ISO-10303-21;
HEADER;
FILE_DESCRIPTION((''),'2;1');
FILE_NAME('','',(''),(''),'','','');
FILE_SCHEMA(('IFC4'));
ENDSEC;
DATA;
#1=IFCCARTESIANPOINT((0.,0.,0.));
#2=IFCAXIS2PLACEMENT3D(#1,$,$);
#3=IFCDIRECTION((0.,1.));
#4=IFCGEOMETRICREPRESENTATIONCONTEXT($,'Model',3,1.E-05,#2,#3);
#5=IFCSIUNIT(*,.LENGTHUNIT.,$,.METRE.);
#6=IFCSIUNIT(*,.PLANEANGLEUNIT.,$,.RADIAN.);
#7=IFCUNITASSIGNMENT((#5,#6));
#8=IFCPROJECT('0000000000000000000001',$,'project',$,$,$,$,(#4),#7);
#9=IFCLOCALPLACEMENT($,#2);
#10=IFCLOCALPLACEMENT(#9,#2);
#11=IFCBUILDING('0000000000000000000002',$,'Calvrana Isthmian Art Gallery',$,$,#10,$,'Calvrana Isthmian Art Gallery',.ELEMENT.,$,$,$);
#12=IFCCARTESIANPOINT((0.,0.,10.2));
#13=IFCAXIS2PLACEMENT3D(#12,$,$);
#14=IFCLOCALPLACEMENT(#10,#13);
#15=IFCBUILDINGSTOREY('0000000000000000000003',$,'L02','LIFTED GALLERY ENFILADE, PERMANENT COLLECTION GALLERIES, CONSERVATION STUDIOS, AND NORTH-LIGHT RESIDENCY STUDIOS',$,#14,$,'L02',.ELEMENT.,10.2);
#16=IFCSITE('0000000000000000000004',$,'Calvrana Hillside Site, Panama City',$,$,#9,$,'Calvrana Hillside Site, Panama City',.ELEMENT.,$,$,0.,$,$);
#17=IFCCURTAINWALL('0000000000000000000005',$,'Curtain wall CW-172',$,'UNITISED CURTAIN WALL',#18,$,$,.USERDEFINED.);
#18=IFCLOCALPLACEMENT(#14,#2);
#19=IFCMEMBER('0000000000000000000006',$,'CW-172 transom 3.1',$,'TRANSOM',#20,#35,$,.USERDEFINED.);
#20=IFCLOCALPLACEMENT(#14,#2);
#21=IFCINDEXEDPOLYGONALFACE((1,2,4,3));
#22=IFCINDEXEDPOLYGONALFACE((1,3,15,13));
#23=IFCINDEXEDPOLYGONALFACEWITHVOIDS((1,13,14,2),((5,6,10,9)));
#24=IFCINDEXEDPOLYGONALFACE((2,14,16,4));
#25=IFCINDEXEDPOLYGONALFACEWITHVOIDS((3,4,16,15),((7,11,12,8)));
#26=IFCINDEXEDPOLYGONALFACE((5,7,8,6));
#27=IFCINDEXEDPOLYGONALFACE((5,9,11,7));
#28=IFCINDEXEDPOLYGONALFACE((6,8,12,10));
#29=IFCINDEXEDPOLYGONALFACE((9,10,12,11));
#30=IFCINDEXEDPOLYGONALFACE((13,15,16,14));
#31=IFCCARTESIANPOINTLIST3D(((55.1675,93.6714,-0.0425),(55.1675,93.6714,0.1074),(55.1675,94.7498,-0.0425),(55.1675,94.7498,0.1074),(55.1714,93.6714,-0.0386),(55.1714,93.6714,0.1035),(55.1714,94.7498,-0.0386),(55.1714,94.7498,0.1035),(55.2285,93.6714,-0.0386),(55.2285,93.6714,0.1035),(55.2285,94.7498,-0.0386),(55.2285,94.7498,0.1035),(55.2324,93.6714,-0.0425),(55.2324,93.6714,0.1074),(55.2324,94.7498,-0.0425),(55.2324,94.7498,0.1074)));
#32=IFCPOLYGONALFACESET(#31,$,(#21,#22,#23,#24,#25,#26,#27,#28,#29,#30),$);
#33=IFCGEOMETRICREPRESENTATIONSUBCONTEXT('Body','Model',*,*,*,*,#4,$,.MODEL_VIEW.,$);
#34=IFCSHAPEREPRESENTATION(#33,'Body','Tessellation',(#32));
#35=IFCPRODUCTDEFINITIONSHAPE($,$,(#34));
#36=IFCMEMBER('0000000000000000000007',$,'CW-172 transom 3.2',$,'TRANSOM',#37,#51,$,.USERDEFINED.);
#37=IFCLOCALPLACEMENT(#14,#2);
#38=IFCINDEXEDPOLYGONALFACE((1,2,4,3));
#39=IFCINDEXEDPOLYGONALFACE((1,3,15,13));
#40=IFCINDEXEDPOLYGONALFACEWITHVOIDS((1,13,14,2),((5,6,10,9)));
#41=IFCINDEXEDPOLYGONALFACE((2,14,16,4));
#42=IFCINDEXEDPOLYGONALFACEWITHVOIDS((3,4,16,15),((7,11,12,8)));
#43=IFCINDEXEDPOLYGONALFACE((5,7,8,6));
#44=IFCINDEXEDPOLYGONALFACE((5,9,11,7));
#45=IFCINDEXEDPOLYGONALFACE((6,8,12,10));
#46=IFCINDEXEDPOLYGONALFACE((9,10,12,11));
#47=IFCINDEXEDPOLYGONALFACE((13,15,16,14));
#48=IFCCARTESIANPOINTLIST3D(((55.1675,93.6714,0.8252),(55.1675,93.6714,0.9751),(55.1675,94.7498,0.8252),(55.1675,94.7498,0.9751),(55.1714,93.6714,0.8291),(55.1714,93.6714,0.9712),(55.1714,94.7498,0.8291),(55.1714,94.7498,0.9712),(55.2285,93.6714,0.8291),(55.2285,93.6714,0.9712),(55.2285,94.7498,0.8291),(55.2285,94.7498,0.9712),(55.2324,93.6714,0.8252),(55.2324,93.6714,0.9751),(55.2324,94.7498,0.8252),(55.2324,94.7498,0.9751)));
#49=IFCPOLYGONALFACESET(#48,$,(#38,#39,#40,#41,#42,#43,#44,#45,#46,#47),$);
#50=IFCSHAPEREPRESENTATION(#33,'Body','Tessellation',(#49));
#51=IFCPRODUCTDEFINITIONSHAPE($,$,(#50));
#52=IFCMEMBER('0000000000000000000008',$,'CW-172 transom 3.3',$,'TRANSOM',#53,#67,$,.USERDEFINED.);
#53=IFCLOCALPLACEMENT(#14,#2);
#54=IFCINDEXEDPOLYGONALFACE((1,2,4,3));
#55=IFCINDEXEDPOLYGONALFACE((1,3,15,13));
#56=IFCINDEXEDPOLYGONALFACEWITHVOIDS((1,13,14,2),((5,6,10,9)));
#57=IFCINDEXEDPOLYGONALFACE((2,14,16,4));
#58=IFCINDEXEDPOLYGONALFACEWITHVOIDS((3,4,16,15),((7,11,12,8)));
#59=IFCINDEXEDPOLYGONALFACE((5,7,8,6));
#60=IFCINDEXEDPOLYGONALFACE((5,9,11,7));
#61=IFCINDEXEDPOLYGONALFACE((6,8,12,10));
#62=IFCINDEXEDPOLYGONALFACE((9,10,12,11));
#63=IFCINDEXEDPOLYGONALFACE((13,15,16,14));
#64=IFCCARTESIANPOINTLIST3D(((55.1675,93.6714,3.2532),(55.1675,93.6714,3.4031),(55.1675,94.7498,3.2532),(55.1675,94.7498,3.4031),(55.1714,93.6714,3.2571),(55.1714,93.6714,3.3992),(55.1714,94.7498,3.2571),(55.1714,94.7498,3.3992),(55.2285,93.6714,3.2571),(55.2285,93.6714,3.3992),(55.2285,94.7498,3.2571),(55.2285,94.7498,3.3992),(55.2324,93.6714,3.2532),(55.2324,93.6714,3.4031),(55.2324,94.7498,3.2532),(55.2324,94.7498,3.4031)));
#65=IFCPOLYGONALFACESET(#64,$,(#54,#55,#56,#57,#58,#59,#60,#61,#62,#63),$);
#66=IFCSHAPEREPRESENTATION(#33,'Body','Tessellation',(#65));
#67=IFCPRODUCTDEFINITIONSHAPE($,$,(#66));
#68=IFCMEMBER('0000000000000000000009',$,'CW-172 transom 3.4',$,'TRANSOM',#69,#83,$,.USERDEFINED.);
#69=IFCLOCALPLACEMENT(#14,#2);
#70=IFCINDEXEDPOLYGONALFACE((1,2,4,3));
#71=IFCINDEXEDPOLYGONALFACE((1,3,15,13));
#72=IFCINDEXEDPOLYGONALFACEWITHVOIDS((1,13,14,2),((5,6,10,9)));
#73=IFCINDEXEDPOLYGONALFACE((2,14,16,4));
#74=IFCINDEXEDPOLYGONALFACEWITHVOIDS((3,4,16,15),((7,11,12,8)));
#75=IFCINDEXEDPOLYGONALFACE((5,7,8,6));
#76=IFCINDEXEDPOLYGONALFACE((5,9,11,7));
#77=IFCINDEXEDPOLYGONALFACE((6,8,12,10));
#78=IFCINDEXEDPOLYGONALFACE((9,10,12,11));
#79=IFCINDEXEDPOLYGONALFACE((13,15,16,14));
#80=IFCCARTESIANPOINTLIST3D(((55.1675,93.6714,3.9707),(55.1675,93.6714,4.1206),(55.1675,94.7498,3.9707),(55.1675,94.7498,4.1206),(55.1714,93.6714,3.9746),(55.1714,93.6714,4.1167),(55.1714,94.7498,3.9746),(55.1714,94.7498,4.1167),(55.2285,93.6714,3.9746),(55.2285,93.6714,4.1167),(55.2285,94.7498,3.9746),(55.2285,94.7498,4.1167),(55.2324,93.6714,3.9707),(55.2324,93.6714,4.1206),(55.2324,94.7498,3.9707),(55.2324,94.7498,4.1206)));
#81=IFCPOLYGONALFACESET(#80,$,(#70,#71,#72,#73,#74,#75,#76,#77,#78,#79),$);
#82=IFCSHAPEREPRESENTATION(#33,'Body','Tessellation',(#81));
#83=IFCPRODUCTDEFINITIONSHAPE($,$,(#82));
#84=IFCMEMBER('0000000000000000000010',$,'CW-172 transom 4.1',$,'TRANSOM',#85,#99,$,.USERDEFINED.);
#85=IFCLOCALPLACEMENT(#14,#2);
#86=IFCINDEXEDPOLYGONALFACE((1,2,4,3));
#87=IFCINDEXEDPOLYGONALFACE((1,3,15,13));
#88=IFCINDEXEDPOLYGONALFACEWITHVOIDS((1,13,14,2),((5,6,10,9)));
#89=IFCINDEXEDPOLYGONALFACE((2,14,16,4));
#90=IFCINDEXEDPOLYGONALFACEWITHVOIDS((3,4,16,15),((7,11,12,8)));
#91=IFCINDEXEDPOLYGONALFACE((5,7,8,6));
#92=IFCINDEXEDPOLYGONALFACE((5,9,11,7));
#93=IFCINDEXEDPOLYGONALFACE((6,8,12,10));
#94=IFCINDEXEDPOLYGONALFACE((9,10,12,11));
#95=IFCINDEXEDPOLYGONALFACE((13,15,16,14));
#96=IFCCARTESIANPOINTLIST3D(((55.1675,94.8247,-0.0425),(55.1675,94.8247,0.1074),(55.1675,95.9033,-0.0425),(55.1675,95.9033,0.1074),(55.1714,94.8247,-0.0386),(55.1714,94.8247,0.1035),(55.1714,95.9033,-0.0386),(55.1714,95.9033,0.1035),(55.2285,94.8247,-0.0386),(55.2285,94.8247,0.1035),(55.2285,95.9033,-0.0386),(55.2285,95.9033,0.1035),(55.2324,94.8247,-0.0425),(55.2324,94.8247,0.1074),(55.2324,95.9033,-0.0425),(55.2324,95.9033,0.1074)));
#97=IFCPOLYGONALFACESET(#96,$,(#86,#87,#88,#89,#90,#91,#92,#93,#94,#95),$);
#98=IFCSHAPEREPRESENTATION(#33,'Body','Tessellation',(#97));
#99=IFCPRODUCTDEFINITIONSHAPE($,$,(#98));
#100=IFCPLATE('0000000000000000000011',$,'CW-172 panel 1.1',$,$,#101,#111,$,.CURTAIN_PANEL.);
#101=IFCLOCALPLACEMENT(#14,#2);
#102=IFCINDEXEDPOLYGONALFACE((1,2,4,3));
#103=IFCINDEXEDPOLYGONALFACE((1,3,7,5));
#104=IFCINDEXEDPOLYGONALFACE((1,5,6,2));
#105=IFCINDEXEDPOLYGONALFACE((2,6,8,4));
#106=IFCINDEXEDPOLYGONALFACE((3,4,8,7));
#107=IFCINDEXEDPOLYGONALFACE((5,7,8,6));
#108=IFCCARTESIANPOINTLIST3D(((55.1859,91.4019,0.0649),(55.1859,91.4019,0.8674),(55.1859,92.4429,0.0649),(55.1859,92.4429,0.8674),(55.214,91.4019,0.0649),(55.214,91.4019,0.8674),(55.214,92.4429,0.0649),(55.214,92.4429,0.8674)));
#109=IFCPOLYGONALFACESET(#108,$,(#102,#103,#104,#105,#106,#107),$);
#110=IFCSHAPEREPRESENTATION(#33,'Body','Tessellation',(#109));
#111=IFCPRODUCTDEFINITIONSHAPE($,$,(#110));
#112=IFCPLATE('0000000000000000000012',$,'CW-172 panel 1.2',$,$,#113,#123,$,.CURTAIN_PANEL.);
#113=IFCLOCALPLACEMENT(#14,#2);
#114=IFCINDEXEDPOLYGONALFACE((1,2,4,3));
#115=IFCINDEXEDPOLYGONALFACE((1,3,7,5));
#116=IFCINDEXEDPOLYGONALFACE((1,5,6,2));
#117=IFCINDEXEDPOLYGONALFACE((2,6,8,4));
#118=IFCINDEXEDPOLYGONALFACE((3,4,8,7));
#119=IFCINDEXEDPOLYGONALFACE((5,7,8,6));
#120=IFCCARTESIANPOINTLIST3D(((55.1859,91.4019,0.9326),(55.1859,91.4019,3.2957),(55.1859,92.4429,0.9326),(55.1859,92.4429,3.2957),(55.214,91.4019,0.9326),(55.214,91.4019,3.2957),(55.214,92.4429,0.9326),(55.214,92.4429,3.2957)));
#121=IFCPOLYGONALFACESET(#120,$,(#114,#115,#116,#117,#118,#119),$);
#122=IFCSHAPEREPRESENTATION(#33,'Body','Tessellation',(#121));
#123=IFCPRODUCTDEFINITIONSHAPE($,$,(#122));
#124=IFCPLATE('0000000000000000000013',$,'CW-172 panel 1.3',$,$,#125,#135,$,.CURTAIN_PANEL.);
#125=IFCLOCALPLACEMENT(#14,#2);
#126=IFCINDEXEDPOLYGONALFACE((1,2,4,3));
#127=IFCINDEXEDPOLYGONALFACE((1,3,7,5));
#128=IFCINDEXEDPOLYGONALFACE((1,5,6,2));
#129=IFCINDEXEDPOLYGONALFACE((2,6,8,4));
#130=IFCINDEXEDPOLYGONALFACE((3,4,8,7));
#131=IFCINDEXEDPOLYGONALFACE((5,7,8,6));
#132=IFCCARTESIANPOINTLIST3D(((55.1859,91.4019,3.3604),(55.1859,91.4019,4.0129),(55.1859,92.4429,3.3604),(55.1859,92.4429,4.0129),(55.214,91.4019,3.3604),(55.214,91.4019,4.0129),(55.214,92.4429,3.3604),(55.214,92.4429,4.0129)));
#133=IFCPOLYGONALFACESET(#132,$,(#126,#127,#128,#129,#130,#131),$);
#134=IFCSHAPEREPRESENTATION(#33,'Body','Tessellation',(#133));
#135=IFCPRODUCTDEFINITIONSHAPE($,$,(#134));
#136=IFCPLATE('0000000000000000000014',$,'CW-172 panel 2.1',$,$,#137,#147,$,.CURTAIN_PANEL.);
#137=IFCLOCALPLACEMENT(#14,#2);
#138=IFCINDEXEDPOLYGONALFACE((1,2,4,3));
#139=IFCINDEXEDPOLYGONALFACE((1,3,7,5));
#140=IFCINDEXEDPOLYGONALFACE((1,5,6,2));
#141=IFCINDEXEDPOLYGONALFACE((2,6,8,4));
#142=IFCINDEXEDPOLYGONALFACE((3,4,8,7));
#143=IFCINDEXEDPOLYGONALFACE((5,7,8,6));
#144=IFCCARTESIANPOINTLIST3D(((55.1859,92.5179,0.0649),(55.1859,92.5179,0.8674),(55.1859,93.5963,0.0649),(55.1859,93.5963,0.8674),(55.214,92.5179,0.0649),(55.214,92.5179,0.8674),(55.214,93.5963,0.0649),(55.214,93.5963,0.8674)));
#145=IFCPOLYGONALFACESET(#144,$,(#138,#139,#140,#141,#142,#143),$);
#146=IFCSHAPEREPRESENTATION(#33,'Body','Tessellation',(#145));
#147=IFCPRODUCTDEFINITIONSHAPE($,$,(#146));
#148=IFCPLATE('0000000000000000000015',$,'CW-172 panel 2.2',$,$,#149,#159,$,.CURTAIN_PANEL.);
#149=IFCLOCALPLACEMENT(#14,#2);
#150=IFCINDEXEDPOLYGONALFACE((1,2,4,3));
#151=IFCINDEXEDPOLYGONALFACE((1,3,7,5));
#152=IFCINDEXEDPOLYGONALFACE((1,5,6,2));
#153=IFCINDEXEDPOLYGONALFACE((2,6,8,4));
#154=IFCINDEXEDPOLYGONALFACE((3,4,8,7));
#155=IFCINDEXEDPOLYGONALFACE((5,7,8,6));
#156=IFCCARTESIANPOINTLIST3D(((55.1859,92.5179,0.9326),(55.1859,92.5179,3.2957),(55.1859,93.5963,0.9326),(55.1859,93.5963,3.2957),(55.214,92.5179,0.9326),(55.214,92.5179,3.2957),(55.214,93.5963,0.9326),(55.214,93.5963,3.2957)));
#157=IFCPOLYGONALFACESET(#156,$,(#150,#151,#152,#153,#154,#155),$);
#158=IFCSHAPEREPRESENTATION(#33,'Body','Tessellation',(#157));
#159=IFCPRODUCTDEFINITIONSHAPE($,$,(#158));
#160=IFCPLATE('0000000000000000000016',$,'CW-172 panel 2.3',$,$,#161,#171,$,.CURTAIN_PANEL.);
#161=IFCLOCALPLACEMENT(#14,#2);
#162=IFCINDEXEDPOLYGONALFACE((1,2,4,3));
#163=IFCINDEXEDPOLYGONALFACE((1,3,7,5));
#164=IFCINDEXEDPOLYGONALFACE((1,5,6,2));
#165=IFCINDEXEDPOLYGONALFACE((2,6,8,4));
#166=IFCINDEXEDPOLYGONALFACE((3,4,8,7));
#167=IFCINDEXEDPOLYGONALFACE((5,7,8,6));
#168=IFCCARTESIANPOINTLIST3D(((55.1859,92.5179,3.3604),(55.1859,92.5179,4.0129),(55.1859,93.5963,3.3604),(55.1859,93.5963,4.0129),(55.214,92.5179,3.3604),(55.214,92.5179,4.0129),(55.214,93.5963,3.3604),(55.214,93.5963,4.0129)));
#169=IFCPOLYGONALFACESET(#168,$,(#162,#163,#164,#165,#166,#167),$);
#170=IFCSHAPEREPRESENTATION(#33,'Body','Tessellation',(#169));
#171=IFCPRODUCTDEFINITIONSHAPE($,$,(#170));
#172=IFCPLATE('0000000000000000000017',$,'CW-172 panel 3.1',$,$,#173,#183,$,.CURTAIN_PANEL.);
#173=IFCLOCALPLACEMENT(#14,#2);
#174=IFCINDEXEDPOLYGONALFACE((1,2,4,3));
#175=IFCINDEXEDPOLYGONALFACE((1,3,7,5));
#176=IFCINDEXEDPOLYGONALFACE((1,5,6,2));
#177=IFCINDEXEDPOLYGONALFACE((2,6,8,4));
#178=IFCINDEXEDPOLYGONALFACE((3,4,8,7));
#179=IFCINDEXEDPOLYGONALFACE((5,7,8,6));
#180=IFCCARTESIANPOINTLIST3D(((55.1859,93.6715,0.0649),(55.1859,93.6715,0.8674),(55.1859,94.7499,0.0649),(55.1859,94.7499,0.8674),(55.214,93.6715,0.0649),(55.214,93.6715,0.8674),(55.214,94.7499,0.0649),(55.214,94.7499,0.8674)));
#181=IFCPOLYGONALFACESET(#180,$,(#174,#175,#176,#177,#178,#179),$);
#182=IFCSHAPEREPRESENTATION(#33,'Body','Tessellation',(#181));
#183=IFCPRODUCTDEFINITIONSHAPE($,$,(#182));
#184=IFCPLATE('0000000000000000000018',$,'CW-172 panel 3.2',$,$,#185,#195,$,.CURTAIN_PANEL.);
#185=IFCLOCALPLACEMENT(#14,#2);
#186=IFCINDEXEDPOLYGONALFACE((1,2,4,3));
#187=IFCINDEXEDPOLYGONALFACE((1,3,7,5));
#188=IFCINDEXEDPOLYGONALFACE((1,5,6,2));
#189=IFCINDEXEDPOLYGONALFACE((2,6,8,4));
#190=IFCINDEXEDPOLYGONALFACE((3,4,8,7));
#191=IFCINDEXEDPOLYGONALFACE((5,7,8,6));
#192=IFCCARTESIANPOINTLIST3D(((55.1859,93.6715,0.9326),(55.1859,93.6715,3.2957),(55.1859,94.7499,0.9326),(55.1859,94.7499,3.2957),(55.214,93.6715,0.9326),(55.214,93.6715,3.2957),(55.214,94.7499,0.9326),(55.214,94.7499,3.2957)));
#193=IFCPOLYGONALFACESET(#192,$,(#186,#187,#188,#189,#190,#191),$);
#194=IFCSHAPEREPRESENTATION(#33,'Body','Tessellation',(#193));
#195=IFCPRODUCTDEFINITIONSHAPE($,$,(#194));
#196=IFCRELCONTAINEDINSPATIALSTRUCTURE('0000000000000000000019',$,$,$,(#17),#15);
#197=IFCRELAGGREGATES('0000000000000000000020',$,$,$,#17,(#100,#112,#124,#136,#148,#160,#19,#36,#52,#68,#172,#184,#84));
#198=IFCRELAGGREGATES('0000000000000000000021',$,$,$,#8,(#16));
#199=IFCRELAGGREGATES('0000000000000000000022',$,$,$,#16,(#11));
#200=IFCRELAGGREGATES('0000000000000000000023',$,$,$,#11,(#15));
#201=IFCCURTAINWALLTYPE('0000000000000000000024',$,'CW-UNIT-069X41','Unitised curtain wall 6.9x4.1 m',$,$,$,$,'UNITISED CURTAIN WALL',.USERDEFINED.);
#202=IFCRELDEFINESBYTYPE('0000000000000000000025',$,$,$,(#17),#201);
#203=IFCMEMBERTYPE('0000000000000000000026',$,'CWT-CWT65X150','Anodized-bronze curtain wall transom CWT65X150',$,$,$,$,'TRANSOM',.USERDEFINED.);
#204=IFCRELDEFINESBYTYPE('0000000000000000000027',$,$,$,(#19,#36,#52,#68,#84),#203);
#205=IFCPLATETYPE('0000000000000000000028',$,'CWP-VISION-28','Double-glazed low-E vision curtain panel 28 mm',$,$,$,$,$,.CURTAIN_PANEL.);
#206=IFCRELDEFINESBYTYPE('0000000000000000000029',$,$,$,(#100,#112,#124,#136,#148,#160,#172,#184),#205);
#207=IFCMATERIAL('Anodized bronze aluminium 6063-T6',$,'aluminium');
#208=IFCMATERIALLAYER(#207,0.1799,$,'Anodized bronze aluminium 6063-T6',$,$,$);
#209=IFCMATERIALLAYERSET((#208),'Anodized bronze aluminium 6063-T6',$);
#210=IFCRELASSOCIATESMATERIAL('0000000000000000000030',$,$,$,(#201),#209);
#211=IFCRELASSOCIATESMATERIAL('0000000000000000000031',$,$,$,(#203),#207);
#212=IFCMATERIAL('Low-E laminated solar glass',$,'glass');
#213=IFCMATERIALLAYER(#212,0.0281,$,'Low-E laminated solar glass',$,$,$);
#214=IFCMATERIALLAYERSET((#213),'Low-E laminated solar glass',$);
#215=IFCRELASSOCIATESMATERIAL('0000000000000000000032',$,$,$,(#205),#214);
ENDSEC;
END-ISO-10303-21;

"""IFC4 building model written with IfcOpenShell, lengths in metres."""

from ifc_helpers import new_model, si_unit, direction, frame, origin, origin_2d, place, context, subcontext, project, spatial, rectangle, hollow_rectangle, extrude, material, layer, layer_set, material_profile, profile_set, type_object, element, aggregate, save


model = new_model("IFC4")

# Units and contexts
model_context = context("Model", 3, precision=1e-05, world=origin(), true_north=direction((0.0, 1.0)))
body_context = subcontext(model_context, "Body", "Model", "MODEL_VIEW")
ifc_project = project(units=[si_unit("LENGTHUNIT", "METRE"), si_unit("PLANEANGLEUNIT", "RADIAN")], contexts=[model_context])

# Site, building, storey
site_placement = place(None, origin())
site = spatial("IfcSite", under=ifc_project, at=site_placement, Name="Calvrana Hillside Site, Panama City", LongName="Calvrana Hillside Site, Panama City", CompositionType="ELEMENT", RefElevation=0.0)
building_placement = place(site_placement, origin())
building = spatial("IfcBuilding", under=site, at=building_placement, Name="Calvrana Isthmian Art Gallery", LongName="Calvrana Isthmian Art Gallery", CompositionType="ELEMENT")
storey_placement = place(building_placement, frame((0.0, 0.0, 10.2)))
storey = spatial("IfcBuildingStorey", under=building, at=storey_placement, Name="L02", Description="LIFTED GALLERY ENFILADE, PERMANENT COLLECTION GALLERIES, CONSERVATION STUDIOS, AND NORTH-LIGHT RESIDENCY STUDIOS", LongName="L02", CompositionType="ELEMENT", Elevation=10.2)

# Curtain wall, members, plates
ifc_material_1 = material(Name="Anodized bronze aluminium 6063-T6", Category="aluminium")
ifc_layer_1 = layer(ifc_material_1, 0.1799, Name="Anodized bronze aluminium 6063-T6")
ifc_layer_set_1 = layer_set([ifc_layer_1], Name="Anodized bronze aluminium 6063-T6")
curtain_wall_type = type_object("IfcCurtainWallType", Name="CW-UNIT-069X41", Description="Unitised curtain wall 6.9x4.1 m", ElementType="UNITISED CURTAIN WALL", PredefinedType="USERDEFINED", material=ifc_layer_set_1)
curtain_wall_placement = place(storey_placement, origin())
curtain_wall = element("IfcCurtainWall", 1, at=curtain_wall_placement, inside=storey, type_object=curtain_wall_type, Name="Curtain wall CW-172", ObjectType="UNITISED CURTAIN WALL", PredefinedType="USERDEFINED")
ifc_material_profile_1 = material_profile(ifc_material_1, hollow_rectangle(XDim=0.0649, YDim=0.1499, WallThickness=0.0039, at=origin_2d()), Name="CWT65X150")
ifc_profile_set_1 = profile_set([ifc_material_profile_1], Name="Anodized bronze aluminium 6063-T6")
member_type_1 = type_object("IfcMemberType", Name="CWT-CWT65X150", Description="Anodized-bronze curtain wall transom CWT65X150", ElementType="TRANSOM", PredefinedType="USERDEFINED", material=ifc_profile_set_1)
member_1_placement = place(storey_placement, frame((55.2, 93.6714, 0.0325), z_axis=(0.0, 1.0, 0.0), x_axis=(-1.0, 0.0, 0.0)))
member_1 = element("IfcMember", 2, at=member_1_placement, type_object=member_type_1, Name="CW-172 transom 3.1", ObjectType="TRANSOM", PredefinedType="USERDEFINED", context=body_context, shape_type="SweptSolid", body=[
    extrude(hollow_rectangle(XDim=0.0649, YDim=0.1499, WallThickness=0.0039, at=origin_2d()), origin(), (0.0, 0.0, 1.0), 1.0784),
])
member_2_placement = place(storey_placement, frame((55.2, 93.6714, 0.9001), z_axis=(0.0, 1.0, 0.0), x_axis=(-1.0, 0.0, 0.0)))
member_2 = element("IfcMember", 3, at=member_2_placement, type_object=member_type_1, Name="CW-172 transom 3.2", ObjectType="TRANSOM", PredefinedType="USERDEFINED", context=body_context, shape_type="SweptSolid", body=[
    extrude(hollow_rectangle(XDim=0.0649, YDim=0.1499, WallThickness=0.0039, at=origin_2d()), origin(), (0.0, 0.0, 1.0), 1.0784),
])
member_3_placement = place(storey_placement, frame((55.2, 93.6714, 3.3281), z_axis=(0.0, 1.0, 0.0), x_axis=(-1.0, 0.0, 0.0)))
member_3 = element("IfcMember", 4, at=member_3_placement, type_object=member_type_1, Name="CW-172 transom 3.3", ObjectType="TRANSOM", PredefinedType="USERDEFINED", context=body_context, shape_type="SweptSolid", body=[
    extrude(hollow_rectangle(XDim=0.0649, YDim=0.1499, WallThickness=0.0039, at=origin_2d()), origin(), (0.0, 0.0, 1.0), 1.0784),
])
member_4_placement = place(storey_placement, frame((55.2, 93.6714, 4.0457), z_axis=(0.0, 1.0, 0.0), x_axis=(-1.0, 0.0, 0.0)))
member_4 = element("IfcMember", 5, at=member_4_placement, type_object=member_type_1, Name="CW-172 transom 3.4", ObjectType="TRANSOM", PredefinedType="USERDEFINED", context=body_context, shape_type="SweptSolid", body=[
    extrude(hollow_rectangle(XDim=0.0649, YDim=0.1499, WallThickness=0.0039, at=origin_2d()), origin(), (0.0, 0.0, 1.0), 1.0784),
])
member_5_placement = place(storey_placement, frame((55.2, 94.8247, 0.0325), z_axis=(0.0, 1.0, 0.0), x_axis=(-1.0, 0.0, 0.0)))
member_5 = element("IfcMember", 6, at=member_5_placement, type_object=member_type_1, Name="CW-172 transom 4.1", ObjectType="TRANSOM", PredefinedType="USERDEFINED", context=body_context, shape_type="SweptSolid", body=[
    extrude(hollow_rectangle(XDim=0.0649, YDim=0.1499, WallThickness=0.0039, at=origin_2d()), origin(), (0.0, 0.0, 1.0), 1.0786),
])
ifc_material_2 = material(Name="Low-E laminated solar glass", Category="glass")
ifc_layer_2 = layer(ifc_material_2, 0.0281, Name="Low-E laminated solar glass")
ifc_layer_set_2 = layer_set([ifc_layer_2], Name="Low-E laminated solar glass")
plate_type = type_object("IfcPlateType", Name="CWP-VISION-28", Description="Double-glazed low-E vision curtain panel 28 mm", PredefinedType="CURTAIN_PANEL", material=ifc_layer_set_2)
plate_1_placement = place(storey_placement, frame((55.2, 91.9224, 0.0649), z_axis=(0.0, 0.0, 1.0), x_axis=(0.0, 1.0, 0.0)))
plate_1 = element("IfcPlate", 7, at=plate_1_placement, type_object=plate_type, Name="CW-172 panel 1.1", PredefinedType="CURTAIN_PANEL", context=body_context, shape_type="SweptSolid", body=[
    extrude(rectangle(XDim=1.041, YDim=0.0281, at=origin_2d()), origin(), (0.0, 0.0, 1.0), 0.8025),
])
plate_2_placement = place(storey_placement, frame((55.2, 91.9224, 0.9326), z_axis=(0.0, 0.0, 1.0), x_axis=(0.0, 1.0, 0.0)))
plate_2 = element("IfcPlate", 8, at=plate_2_placement, type_object=plate_type, Name="CW-172 panel 1.2", PredefinedType="CURTAIN_PANEL", context=body_context, shape_type="SweptSolid", body=[
    extrude(rectangle(XDim=1.041, YDim=0.0281, at=origin_2d()), origin(), (0.0, 0.0, 1.0), 2.363),
])
plate_3_placement = place(storey_placement, frame((55.2, 91.9224, 3.3604), z_axis=(0.0, 0.0, 1.0), x_axis=(0.0, 1.0, 0.0)))
plate_3 = element("IfcPlate", 9, at=plate_3_placement, type_object=plate_type, Name="CW-172 panel 1.3", PredefinedType="CURTAIN_PANEL", context=body_context, shape_type="SweptSolid", body=[
    extrude(rectangle(XDim=1.041, YDim=0.0281, at=origin_2d()), origin(), (0.0, 0.0, 1.0), 0.6526),
])
plate_4_placement = place(storey_placement, frame((55.2, 93.0571, 0.0649), z_axis=(0.0, 0.0, 1.0), x_axis=(0.0, 1.0, 0.0)))
plate_4 = element("IfcPlate", 10, at=plate_4_placement, type_object=plate_type, Name="CW-172 panel 2.1", PredefinedType="CURTAIN_PANEL", context=body_context, shape_type="SweptSolid", body=[
    extrude(rectangle(XDim=1.0784, YDim=0.0281, at=origin_2d()), origin(), (0.0, 0.0, 1.0), 0.8025),
])
plate_5_placement = place(storey_placement, frame((55.2, 93.0571, 0.9326), z_axis=(0.0, 0.0, 1.0), x_axis=(0.0, 1.0, 0.0)))
plate_5 = element("IfcPlate", 11, at=plate_5_placement, type_object=plate_type, Name="CW-172 panel 2.2", PredefinedType="CURTAIN_PANEL", context=body_context, shape_type="SweptSolid", body=[
    extrude(rectangle(XDim=1.0784, YDim=0.0281, at=origin_2d()), origin(), (0.0, 0.0, 1.0), 2.363),
])
plate_6_placement = place(storey_placement, frame((55.2, 93.0571, 3.3604), z_axis=(0.0, 0.0, 1.0), x_axis=(0.0, 1.0, 0.0)))
plate_6 = element("IfcPlate", 12, at=plate_6_placement, type_object=plate_type, Name="CW-172 panel 2.3", PredefinedType="CURTAIN_PANEL", context=body_context, shape_type="SweptSolid", body=[
    extrude(rectangle(XDim=1.0784, YDim=0.0281, at=origin_2d()), origin(), (0.0, 0.0, 1.0), 0.6526),
])
plate_7_placement = place(storey_placement, frame((55.2, 94.2107, 0.0649), z_axis=(0.0, 0.0, 1.0), x_axis=(0.0, 1.0, 0.0)))
plate_7 = element("IfcPlate", 13, at=plate_7_placement, type_object=plate_type, Name="CW-172 panel 3.1", PredefinedType="CURTAIN_PANEL", context=body_context, shape_type="SweptSolid", body=[
    extrude(rectangle(XDim=1.0784, YDim=0.0281, at=origin_2d()), origin(), (0.0, 0.0, 1.0), 0.8025),
])
plate_8_placement = place(storey_placement, frame((55.2, 94.2107, 0.9326), z_axis=(0.0, 0.0, 1.0), x_axis=(0.0, 1.0, 0.0)))
plate_8 = element("IfcPlate", 14, at=plate_8_placement, type_object=plate_type, Name="CW-172 panel 3.2", PredefinedType="CURTAIN_PANEL", context=body_context, shape_type="SweptSolid", body=[
    extrude(rectangle(XDim=1.0784, YDim=0.0281, at=origin_2d()), origin(), (0.0, 0.0, 1.0), 2.363),
])
aggregate(curtain_wall, [plate_1, plate_2, plate_3, plate_4, plate_5, plate_6, member_1, member_2, member_3, member_4, plate_7, plate_8, member_5])

save(model, "model.ifc")
